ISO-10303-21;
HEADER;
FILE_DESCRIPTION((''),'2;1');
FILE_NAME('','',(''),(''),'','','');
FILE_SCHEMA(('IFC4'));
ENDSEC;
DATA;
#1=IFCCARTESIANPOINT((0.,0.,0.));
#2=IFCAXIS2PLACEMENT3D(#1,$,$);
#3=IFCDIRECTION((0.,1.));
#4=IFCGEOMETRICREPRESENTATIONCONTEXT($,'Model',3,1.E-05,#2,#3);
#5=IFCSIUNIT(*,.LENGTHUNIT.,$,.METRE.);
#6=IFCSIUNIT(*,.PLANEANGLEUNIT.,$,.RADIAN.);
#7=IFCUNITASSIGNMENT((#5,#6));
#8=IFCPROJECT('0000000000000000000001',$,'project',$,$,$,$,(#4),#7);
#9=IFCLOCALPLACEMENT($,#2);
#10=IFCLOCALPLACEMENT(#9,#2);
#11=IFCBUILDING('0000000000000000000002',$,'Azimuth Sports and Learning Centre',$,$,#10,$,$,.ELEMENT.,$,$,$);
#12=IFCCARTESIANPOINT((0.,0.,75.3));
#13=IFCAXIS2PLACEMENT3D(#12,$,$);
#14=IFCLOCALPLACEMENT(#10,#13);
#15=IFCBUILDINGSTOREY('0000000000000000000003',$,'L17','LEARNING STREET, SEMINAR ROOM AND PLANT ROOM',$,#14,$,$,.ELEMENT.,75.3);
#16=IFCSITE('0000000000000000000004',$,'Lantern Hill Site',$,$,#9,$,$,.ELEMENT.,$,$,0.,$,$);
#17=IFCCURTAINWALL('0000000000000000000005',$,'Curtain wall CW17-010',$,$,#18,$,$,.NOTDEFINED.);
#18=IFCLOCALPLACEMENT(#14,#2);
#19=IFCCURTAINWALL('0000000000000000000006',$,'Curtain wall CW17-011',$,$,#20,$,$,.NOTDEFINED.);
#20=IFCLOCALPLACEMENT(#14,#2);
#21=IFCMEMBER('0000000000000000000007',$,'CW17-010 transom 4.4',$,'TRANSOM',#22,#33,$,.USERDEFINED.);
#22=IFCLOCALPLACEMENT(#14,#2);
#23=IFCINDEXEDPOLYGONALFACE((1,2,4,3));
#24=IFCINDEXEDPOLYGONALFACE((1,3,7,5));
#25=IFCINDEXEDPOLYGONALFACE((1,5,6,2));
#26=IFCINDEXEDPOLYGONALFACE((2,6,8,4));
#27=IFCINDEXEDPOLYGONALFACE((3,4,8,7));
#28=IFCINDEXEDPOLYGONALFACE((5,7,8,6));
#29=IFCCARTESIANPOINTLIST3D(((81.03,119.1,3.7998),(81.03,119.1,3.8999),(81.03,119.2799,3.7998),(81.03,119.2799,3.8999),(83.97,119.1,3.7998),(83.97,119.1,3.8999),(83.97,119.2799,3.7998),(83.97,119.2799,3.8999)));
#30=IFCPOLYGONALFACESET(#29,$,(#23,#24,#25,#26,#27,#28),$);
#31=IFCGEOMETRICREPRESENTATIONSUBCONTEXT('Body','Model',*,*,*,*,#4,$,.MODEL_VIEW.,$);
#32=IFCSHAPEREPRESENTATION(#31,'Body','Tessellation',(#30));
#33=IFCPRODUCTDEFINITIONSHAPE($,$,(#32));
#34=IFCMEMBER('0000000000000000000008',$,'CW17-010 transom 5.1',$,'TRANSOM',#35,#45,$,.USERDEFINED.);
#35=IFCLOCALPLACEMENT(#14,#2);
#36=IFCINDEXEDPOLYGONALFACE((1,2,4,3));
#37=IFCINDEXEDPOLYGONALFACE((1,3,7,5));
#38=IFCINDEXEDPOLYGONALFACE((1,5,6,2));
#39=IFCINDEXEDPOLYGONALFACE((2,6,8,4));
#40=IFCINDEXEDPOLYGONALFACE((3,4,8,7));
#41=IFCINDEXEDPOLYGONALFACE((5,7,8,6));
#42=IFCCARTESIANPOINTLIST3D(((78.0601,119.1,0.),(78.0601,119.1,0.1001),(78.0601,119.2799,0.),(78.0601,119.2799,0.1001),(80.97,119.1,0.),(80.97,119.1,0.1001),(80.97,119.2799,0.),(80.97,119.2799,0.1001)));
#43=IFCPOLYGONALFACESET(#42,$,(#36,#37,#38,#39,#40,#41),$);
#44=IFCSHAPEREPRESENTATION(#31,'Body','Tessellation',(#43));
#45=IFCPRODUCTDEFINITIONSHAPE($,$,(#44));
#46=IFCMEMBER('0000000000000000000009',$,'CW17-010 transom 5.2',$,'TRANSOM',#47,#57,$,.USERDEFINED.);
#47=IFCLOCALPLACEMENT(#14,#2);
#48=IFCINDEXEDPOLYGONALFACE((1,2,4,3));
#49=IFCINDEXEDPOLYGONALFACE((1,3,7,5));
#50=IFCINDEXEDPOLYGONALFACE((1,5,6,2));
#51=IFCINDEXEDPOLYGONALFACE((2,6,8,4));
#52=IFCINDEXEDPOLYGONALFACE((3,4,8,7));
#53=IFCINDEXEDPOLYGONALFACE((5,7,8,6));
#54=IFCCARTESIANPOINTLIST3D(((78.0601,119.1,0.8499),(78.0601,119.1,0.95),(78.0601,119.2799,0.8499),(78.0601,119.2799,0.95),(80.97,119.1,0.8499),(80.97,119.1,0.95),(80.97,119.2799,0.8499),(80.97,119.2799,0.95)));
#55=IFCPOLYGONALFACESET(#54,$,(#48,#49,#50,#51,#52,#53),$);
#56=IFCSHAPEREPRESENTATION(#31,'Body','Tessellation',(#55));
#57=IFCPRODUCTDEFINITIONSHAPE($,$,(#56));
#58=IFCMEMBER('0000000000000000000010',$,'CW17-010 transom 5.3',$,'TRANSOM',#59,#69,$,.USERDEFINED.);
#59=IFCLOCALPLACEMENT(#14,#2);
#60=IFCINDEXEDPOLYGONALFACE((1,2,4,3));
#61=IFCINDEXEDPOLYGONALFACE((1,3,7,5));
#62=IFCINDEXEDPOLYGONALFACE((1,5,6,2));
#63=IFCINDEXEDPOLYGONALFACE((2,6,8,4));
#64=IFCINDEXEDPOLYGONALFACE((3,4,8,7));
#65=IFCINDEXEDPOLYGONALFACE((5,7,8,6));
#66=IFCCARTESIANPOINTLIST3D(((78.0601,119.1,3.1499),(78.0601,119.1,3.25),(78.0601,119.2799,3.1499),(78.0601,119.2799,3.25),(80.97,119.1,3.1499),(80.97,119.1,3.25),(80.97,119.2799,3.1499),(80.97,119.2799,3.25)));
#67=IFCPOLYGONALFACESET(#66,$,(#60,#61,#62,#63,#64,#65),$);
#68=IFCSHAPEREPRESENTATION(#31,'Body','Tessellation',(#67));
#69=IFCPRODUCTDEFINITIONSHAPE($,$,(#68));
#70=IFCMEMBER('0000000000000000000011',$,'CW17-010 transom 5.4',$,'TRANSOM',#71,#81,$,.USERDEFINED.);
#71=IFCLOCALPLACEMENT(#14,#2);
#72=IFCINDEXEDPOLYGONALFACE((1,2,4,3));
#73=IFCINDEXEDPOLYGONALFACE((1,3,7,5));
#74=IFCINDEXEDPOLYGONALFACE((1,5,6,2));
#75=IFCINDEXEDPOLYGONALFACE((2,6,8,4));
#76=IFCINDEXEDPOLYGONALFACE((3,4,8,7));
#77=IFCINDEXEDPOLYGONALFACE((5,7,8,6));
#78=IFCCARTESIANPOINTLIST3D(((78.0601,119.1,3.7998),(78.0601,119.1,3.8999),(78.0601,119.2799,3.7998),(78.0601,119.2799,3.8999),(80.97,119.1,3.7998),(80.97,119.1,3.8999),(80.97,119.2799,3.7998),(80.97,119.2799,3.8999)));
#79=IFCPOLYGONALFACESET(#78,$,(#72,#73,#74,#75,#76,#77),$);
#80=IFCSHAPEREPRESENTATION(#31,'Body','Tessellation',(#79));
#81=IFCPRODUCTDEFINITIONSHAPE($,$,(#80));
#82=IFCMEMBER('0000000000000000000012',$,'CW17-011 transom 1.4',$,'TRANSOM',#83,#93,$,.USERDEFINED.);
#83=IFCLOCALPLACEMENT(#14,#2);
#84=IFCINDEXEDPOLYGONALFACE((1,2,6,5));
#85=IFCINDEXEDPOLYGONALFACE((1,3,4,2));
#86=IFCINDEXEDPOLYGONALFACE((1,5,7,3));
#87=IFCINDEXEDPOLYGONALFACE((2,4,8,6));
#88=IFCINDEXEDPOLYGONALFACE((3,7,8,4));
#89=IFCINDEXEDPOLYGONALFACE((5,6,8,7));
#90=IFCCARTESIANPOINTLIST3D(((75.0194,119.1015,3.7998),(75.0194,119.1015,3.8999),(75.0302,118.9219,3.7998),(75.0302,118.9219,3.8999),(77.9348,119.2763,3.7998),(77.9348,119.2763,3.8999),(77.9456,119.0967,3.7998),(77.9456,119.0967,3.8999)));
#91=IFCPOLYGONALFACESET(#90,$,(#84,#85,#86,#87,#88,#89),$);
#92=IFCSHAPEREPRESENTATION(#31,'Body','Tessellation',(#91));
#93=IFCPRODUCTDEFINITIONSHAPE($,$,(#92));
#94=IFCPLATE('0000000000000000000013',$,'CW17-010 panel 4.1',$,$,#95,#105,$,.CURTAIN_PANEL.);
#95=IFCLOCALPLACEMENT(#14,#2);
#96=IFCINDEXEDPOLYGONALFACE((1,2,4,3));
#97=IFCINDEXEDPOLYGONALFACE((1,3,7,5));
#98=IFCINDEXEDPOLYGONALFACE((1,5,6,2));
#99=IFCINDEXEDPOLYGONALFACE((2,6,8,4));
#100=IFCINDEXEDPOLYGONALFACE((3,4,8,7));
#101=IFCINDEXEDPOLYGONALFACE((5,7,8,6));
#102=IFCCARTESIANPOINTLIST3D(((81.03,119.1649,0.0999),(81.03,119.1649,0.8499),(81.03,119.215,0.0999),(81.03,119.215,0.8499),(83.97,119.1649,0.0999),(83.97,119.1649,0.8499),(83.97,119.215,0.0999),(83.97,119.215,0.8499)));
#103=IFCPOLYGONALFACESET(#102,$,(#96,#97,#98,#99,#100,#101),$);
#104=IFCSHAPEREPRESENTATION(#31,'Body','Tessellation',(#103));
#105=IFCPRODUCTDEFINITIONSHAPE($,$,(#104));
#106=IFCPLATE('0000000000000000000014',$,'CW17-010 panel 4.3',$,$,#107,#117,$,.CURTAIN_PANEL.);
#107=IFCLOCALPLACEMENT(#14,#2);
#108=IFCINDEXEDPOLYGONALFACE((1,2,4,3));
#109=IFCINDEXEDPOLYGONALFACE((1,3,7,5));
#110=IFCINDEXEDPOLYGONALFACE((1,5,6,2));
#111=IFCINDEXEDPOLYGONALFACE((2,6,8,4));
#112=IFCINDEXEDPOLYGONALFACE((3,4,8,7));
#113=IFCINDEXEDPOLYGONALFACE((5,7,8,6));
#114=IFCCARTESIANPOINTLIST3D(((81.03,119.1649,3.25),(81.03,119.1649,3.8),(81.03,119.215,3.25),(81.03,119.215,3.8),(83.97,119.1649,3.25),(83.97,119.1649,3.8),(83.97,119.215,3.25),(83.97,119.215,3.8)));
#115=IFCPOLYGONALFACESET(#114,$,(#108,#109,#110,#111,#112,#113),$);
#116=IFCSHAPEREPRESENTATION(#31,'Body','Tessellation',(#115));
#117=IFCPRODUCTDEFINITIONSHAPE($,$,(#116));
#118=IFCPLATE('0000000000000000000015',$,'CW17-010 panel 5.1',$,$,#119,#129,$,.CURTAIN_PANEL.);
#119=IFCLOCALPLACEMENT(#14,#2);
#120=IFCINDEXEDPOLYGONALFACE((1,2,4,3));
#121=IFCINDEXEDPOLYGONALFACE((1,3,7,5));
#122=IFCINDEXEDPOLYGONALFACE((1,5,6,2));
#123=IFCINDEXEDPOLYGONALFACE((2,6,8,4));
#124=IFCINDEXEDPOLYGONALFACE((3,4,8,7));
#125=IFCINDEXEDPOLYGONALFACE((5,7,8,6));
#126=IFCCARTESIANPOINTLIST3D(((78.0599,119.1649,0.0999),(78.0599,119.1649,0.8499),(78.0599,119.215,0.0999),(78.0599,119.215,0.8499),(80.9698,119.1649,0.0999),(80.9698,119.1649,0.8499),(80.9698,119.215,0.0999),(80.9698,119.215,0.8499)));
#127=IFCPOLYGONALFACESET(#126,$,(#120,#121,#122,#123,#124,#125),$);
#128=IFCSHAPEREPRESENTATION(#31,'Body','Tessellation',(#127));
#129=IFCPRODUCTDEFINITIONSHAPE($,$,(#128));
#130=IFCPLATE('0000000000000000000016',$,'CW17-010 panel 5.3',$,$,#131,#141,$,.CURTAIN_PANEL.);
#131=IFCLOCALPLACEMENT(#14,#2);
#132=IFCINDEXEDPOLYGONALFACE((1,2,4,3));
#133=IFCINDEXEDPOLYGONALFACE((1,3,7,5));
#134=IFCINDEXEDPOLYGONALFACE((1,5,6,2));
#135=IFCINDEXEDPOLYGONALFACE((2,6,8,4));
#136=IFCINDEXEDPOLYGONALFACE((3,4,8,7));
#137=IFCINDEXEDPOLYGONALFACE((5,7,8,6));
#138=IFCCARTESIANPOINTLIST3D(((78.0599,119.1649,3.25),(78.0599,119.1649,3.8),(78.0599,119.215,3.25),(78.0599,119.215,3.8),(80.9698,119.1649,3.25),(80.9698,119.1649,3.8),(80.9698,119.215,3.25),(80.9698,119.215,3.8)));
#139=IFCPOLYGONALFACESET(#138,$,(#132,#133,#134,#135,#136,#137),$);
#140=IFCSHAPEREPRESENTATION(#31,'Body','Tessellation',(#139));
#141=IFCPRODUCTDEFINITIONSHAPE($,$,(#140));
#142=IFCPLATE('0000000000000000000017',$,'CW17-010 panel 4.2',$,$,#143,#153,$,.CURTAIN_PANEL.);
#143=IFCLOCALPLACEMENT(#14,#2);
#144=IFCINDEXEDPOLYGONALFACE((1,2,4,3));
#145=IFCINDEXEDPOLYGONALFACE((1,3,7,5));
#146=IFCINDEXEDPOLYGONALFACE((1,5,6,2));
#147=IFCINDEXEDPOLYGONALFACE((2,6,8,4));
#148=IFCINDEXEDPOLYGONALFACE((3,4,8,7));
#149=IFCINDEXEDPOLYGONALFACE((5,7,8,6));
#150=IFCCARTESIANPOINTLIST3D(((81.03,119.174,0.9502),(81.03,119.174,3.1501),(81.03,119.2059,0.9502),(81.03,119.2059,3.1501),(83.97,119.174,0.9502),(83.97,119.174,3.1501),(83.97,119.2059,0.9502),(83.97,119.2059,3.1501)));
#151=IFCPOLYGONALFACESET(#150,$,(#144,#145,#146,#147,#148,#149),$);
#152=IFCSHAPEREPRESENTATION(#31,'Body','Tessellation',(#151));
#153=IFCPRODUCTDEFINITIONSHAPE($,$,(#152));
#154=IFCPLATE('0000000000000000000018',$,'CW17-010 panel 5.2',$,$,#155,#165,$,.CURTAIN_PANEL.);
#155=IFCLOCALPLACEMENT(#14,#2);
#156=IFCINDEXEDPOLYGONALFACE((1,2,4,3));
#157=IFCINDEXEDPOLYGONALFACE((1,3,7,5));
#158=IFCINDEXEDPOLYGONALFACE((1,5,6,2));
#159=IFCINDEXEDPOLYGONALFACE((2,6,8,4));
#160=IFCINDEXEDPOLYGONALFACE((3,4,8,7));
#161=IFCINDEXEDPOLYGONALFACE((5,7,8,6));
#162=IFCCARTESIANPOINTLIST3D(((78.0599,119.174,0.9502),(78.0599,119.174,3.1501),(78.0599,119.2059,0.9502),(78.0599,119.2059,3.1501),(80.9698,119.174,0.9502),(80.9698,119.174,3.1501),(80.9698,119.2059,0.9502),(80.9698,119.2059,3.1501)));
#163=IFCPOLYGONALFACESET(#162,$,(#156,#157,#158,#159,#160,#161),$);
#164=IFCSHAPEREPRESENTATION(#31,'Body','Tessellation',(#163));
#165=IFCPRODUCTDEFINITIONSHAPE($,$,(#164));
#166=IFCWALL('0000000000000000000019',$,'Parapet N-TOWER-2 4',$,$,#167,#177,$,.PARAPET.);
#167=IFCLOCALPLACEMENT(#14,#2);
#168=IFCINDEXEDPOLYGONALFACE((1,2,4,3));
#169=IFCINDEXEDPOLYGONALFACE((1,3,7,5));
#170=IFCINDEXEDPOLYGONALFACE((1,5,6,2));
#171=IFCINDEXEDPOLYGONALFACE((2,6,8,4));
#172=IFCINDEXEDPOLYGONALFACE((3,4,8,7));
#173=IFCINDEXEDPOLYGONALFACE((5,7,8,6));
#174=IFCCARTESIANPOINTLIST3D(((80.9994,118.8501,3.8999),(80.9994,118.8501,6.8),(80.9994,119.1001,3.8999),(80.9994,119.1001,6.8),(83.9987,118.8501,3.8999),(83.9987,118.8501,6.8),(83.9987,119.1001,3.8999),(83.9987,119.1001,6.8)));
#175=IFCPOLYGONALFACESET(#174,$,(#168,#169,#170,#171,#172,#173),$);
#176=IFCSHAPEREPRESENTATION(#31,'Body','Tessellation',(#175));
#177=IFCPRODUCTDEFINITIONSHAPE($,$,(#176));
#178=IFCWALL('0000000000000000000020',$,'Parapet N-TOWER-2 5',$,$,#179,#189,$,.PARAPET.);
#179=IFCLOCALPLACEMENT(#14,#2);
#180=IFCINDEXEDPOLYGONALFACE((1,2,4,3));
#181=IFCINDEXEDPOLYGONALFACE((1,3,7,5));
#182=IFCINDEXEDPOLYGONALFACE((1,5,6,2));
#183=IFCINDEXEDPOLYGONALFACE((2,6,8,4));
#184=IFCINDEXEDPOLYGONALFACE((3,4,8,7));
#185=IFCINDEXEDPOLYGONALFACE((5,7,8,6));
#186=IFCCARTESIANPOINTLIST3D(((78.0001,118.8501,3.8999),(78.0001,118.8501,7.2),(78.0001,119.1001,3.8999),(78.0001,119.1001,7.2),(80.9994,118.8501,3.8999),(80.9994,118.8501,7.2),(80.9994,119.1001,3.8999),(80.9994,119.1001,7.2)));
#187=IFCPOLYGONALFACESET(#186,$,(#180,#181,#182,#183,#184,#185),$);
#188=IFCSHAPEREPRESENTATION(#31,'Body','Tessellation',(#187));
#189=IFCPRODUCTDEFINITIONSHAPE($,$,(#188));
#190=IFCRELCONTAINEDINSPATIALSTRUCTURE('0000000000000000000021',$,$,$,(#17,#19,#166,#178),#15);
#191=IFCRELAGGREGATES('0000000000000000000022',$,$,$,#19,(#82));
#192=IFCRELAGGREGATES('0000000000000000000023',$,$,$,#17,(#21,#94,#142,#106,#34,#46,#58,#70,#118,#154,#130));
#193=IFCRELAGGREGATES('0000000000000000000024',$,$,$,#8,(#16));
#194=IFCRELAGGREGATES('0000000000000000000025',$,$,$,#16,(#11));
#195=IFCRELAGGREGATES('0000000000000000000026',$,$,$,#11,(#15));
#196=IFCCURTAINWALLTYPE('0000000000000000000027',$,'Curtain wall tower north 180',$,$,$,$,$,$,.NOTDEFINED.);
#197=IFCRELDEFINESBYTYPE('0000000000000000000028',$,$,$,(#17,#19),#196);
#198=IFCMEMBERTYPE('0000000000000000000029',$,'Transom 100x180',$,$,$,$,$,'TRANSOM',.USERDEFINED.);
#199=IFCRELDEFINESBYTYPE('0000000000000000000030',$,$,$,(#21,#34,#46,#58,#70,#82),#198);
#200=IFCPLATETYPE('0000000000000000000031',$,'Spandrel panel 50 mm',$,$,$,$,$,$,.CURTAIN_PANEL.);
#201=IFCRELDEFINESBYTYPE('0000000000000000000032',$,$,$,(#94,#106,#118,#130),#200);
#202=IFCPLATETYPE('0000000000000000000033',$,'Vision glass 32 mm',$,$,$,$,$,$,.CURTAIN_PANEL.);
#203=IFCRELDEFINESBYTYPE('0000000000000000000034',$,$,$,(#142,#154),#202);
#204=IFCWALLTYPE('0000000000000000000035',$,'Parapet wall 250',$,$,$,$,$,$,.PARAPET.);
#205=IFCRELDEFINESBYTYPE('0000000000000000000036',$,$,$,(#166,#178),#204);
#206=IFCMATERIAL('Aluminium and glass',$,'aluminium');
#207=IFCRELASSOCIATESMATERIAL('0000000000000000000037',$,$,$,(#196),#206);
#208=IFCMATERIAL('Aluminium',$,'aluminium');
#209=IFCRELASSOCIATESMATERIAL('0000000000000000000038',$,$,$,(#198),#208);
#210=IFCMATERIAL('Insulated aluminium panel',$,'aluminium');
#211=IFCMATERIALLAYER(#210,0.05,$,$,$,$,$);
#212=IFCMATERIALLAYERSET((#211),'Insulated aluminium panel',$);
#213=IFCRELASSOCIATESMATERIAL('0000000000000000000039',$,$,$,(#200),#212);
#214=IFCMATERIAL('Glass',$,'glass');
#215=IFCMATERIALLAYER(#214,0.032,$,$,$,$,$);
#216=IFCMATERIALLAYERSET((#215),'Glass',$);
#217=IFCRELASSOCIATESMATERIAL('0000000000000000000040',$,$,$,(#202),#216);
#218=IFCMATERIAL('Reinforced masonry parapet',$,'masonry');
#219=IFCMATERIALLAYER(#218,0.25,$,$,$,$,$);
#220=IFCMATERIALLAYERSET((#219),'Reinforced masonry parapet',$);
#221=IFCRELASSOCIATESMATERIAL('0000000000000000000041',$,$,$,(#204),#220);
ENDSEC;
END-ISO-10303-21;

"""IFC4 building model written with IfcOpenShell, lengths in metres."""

from ifc_helpers import new_model, si_unit, direction, frame, frame_2d, origin, origin_2d, place, context, subcontext, project, spatial, rectangle, extrude, material, layer, layer_set, material_profile, profile_set, type_object, element, aggregate, save


model = new_model("IFC4")

# Units and contexts
model_context = context("Model", 3, precision=1e-05, world=origin(), true_north=direction((0.0, 1.0)))
body_context = subcontext(model_context, "Body", "Model", "MODEL_VIEW")
ifc_project = project(units=[si_unit("LENGTHUNIT", "METRE"), si_unit("PLANEANGLEUNIT", "RADIAN")], contexts=[model_context])

# Site, building, storey
site_placement = place(None, origin())
site = spatial("IfcSite", under=ifc_project, at=site_placement, Name="Lantern Hill Site", CompositionType="ELEMENT", RefElevation=0.0)
building_placement = place(site_placement, origin())
building = spatial("IfcBuilding", under=site, at=building_placement, Name="Azimuth Sports and Learning Centre", CompositionType="ELEMENT")
storey_placement = place(building_placement, frame((0.0, 0.0, 75.3)))
storey = spatial("IfcBuildingStorey", under=building, at=storey_placement, Name="L17", Description="LEARNING STREET, SEMINAR ROOM AND PLANT ROOM", CompositionType="ELEMENT", Elevation=75.3)

# Curtain wall
ifc_material_1 = material(Name="Aluminium and glass", Category="aluminium")
curtain_wall_type = type_object("IfcCurtainWallType", Name="Curtain wall tower north 180", PredefinedType="NOTDEFINED", material=ifc_material_1)
curtain_wall_1_placement = place(storey_placement, origin())
curtain_wall_1 = element("IfcCurtainWall", 1, at=curtain_wall_1_placement, inside=storey, type_object=curtain_wall_type, Name="Curtain wall CW17-010", PredefinedType="NOTDEFINED")

# Curtain wall
curtain_wall_2_placement = place(storey_placement, origin())
curtain_wall_2 = element("IfcCurtainWall", 2, at=curtain_wall_2_placement, inside=storey, type_object=curtain_wall_type, Name="Curtain wall CW17-011", PredefinedType="NOTDEFINED")

# Members
ifc_material_2 = material(Name="Aluminium", Category="aluminium")
ifc_material_profile_1 = material_profile(ifc_material_2, rectangle(XDim=0.1799, YDim=0.1001, at=origin_2d()), Name="Transom 100x180")
ifc_profile_set_1 = profile_set([ifc_material_profile_1], Name="Aluminium")
member_type_1 = type_object("IfcMemberType", Name="Transom 100x180", ElementType="TRANSOM", PredefinedType="USERDEFINED", material=ifc_profile_set_1)
member_1_placement = place(storey_placement, frame((83.97, 119.1899, 3.8499), z_axis=(-1.0, 0.0, 0.0), x_axis=(0.0, -1.0, 0.0)))
member_1 = element("IfcMember", 3, at=member_1_placement, type_object=member_type_1, Name="CW17-010 transom 4.4", ObjectType="TRANSOM", PredefinedType="USERDEFINED", context=body_context, shape_type="SweptSolid", body=[
    extrude(rectangle(XDim=0.1799, YDim=0.1001, at=origin_2d()), origin(), (0.0, 0.0, 1.0), 2.9399),
])
member_2_placement = place(storey_placement, frame((80.97, 119.1899, 0.05), z_axis=(-1.0, 0.0, 0.0), x_axis=(0.0, -1.0, 0.0)))
member_2 = element("IfcMember", 4, at=member_2_placement, type_object=member_type_1, Name="CW17-010 transom 5.1", ObjectType="TRANSOM", PredefinedType="USERDEFINED", context=body_context, shape_type="SweptSolid", body=[
    extrude(rectangle(XDim=0.1799, YDim=0.1001, at=origin_2d()), origin(), (0.0, 0.0, 1.0), 2.9099),
])
member_3_placement = place(storey_placement, frame((80.97, 119.1899, 0.8999), z_axis=(-1.0, 0.0, 0.0), x_axis=(0.0, -1.0, 0.0)))
member_3 = element("IfcMember", 5, at=member_3_placement, type_object=member_type_1, Name="CW17-010 transom 5.2", ObjectType="TRANSOM", PredefinedType="USERDEFINED", context=body_context, shape_type="SweptSolid", body=[
    extrude(rectangle(XDim=0.1799, YDim=0.1001, at=origin_2d()), origin(), (0.0, 0.0, 1.0), 2.9099),
])
member_4_placement = place(storey_placement, frame((80.97, 119.1899, 3.2), z_axis=(-1.0, 0.0, 0.0), x_axis=(0.0, -1.0, 0.0)))
member_4 = element("IfcMember", 6, at=member_4_placement, type_object=member_type_1, Name="CW17-010 transom 5.3", ObjectType="TRANSOM", PredefinedType="USERDEFINED", context=body_context, shape_type="SweptSolid", body=[
    extrude(rectangle(XDim=0.1799, YDim=0.1001, at=origin_2d()), origin(), (0.0, 0.0, 1.0), 2.9099),
])
member_5_placement = place(storey_placement, frame((80.97, 119.1899, 3.8499), z_axis=(-1.0, 0.0, 0.0), x_axis=(0.0, -1.0, 0.0)))
member_5 = element("IfcMember", 7, at=member_5_placement, type_object=member_type_1, Name="CW17-010 transom 5.4", ObjectType="TRANSOM", PredefinedType="USERDEFINED", context=body_context, shape_type="SweptSolid", body=[
    extrude(rectangle(XDim=0.1799, YDim=0.1001, at=origin_2d()), origin(), (0.0, 0.0, 1.0), 2.9099),
])
member_6_placement = place(storey_placement, frame((77.9402, 119.1865, 3.8499), z_axis=(-0.998207, -0.059849, 0.0), x_axis=(0.059849, -0.998207, 0.0)))
member_6 = element("IfcMember", 8, at=member_6_placement, type_object=member_type_1, Name="CW17-011 transom 1.4", ObjectType="TRANSOM", PredefinedType="USERDEFINED", context=body_context, shape_type="SweptSolid", body=[
    extrude(rectangle(XDim=0.1799, YDim=0.1001, at=origin_2d()), origin(), (0.0, 0.0, 1.0), 2.9207),
])
aggregate(curtain_wall_2, [member_6])

# Plates
ifc_material_3 = material(Name="Insulated aluminium panel", Category="aluminium")
ifc_layer_1 = layer(ifc_material_3, 0.05)
ifc_layer_set_1 = layer_set([ifc_layer_1], Name="Insulated aluminium panel")
plate_type_1 = type_object("IfcPlateType", Name="Spandrel panel 50 mm", PredefinedType="CURTAIN_PANEL", material=ifc_layer_set_1)
plate_1_placement = place(storey_placement, frame((82.5, 119.1899, 0.0999), z_axis=(0.0, 0.0, 1.0), x_axis=(-1.0, 0.0, 0.0)))
plate_1 = element("IfcPlate", 9, at=plate_1_placement, type_object=plate_type_1, Name="CW17-010 panel 4.1", PredefinedType="CURTAIN_PANEL", context=body_context, shape_type="SweptSolid", body=[
    extrude(rectangle(XDim=2.9399, YDim=0.05, at=origin_2d()), origin(), (0.0, 0.0, 1.0), 0.75),
])
plate_2_placement = place(storey_placement, frame((82.5, 119.1899, 3.25), z_axis=(0.0, 0.0, 1.0), x_axis=(-1.0, 0.0, 0.0)))
plate_2 = element("IfcPlate", 10, at=plate_2_placement, type_object=plate_type_1, Name="CW17-010 panel 4.3", PredefinedType="CURTAIN_PANEL", context=body_context, shape_type="SweptSolid", body=[
    extrude(rectangle(XDim=2.9399, YDim=0.05, at=origin_2d()), origin(), (0.0, 0.0, 1.0), 0.55),
])
plate_3_placement = place(storey_placement, frame((79.5149, 119.1899, 0.0999), z_axis=(0.0, 0.0, 1.0), x_axis=(-1.0, 0.0, 0.0)))
plate_3 = element("IfcPlate", 11, at=plate_3_placement, type_object=plate_type_1, Name="CW17-010 panel 5.1", PredefinedType="CURTAIN_PANEL", context=body_context, shape_type="SweptSolid", body=[
    extrude(rectangle(XDim=2.9099, YDim=0.05, at=origin_2d()), origin(), (0.0, 0.0, 1.0), 0.75),
])
plate_4_placement = place(storey_placement, frame((79.5149, 119.1899, 3.25), z_axis=(0.0, 0.0, 1.0), x_axis=(-1.0, 0.0, 0.0)))
plate_4 = element("IfcPlate", 12, at=plate_4_placement, type_object=plate_type_1, Name="CW17-010 panel 5.3", PredefinedType="CURTAIN_PANEL", context=body_context, shape_type="SweptSolid", body=[
    extrude(rectangle(XDim=2.9099, YDim=0.05, at=origin_2d()), origin(), (0.0, 0.0, 1.0), 0.55),
])
ifc_material_4 = material(Name="Glass", Category="glass")
ifc_layer_2 = layer(ifc_material_4, 0.032)
ifc_layer_set_2 = layer_set([ifc_layer_2], Name="Glass")
plate_type_2 = type_object("IfcPlateType", Name="Vision glass 32 mm", PredefinedType="CURTAIN_PANEL", material=ifc_layer_set_2)
plate_5_placement = place(storey_placement, frame((82.5, 119.1899, 0.9502), z_axis=(0.0, 0.0, 1.0), x_axis=(-1.0, 0.0, 0.0)))
plate_5 = element("IfcPlate", 13, at=plate_5_placement, type_object=plate_type_2, Name="CW17-010 panel 4.2", PredefinedType="CURTAIN_PANEL", context=body_context, shape_type="SweptSolid", body=[
    extrude(rectangle(XDim=2.9399, YDim=0.032, at=origin_2d()), origin(), (0.0, 0.0, 1.0), 2.2),
])
plate_6_placement = place(storey_placement, frame((79.5149, 119.1899, 0.9502), z_axis=(0.0, 0.0, 1.0), x_axis=(-1.0, 0.0, 0.0)))
plate_6 = element("IfcPlate", 14, at=plate_6_placement, type_object=plate_type_2, Name="CW17-010 panel 5.2", PredefinedType="CURTAIN_PANEL", context=body_context, shape_type="SweptSolid", body=[
    extrude(rectangle(XDim=2.9099, YDim=0.032, at=origin_2d()), origin(), (0.0, 0.0, 1.0), 2.2),
])
aggregate(curtain_wall_1, [member_1, plate_1, plate_5, plate_2, member_2, member_3, member_4, member_5, plate_3, plate_6, plate_4])

# Walls
ifc_material_5 = material(Name="Reinforced masonry parapet", Category="masonry")
ifc_layer_3 = layer(ifc_material_5, 0.25)
ifc_layer_set_3 = layer_set([ifc_layer_3], Name="Reinforced masonry parapet")
wall_type = type_object("IfcWallType", Name="Parapet wall 250", PredefinedType="PARAPET", material=ifc_layer_set_3)
wall_1_placement = place(storey_placement, frame((83.9985, 118.9751, 3.8999), z_axis=(0.0, 0.0, 1.0), x_axis=(-1.0, 0.0, 0.0)))
element("IfcWall", 15, at=wall_1_placement, inside=storey, type_object=wall_type, Name="Parapet N-TOWER-2 4", PredefinedType="PARAPET", context=body_context, shape_type="SweptSolid", body=[
    extrude(rectangle(XDim=2.9993, YDim=0.25, at=frame_2d((1.4995, 0.0))), origin(), (0.0, 0.0, 1.0), 2.9001),
])
wall_2_placement = place(storey_placement, frame((80.9993, 118.9751, 3.8999), z_axis=(0.0, 0.0, 1.0), x_axis=(-1.0, 0.0, 0.0)))
element("IfcWall", 16, at=wall_2_placement, inside=storey, type_object=wall_type, Name="Parapet N-TOWER-2 5", PredefinedType="PARAPET", context=body_context, shape_type="SweptSolid", body=[
    extrude(rectangle(XDim=2.9993, YDim=0.25, at=frame_2d((1.4995, 0.0))), origin(), (0.0, 0.0, 1.0), 3.3),
])

save(model, "model.ifc")
